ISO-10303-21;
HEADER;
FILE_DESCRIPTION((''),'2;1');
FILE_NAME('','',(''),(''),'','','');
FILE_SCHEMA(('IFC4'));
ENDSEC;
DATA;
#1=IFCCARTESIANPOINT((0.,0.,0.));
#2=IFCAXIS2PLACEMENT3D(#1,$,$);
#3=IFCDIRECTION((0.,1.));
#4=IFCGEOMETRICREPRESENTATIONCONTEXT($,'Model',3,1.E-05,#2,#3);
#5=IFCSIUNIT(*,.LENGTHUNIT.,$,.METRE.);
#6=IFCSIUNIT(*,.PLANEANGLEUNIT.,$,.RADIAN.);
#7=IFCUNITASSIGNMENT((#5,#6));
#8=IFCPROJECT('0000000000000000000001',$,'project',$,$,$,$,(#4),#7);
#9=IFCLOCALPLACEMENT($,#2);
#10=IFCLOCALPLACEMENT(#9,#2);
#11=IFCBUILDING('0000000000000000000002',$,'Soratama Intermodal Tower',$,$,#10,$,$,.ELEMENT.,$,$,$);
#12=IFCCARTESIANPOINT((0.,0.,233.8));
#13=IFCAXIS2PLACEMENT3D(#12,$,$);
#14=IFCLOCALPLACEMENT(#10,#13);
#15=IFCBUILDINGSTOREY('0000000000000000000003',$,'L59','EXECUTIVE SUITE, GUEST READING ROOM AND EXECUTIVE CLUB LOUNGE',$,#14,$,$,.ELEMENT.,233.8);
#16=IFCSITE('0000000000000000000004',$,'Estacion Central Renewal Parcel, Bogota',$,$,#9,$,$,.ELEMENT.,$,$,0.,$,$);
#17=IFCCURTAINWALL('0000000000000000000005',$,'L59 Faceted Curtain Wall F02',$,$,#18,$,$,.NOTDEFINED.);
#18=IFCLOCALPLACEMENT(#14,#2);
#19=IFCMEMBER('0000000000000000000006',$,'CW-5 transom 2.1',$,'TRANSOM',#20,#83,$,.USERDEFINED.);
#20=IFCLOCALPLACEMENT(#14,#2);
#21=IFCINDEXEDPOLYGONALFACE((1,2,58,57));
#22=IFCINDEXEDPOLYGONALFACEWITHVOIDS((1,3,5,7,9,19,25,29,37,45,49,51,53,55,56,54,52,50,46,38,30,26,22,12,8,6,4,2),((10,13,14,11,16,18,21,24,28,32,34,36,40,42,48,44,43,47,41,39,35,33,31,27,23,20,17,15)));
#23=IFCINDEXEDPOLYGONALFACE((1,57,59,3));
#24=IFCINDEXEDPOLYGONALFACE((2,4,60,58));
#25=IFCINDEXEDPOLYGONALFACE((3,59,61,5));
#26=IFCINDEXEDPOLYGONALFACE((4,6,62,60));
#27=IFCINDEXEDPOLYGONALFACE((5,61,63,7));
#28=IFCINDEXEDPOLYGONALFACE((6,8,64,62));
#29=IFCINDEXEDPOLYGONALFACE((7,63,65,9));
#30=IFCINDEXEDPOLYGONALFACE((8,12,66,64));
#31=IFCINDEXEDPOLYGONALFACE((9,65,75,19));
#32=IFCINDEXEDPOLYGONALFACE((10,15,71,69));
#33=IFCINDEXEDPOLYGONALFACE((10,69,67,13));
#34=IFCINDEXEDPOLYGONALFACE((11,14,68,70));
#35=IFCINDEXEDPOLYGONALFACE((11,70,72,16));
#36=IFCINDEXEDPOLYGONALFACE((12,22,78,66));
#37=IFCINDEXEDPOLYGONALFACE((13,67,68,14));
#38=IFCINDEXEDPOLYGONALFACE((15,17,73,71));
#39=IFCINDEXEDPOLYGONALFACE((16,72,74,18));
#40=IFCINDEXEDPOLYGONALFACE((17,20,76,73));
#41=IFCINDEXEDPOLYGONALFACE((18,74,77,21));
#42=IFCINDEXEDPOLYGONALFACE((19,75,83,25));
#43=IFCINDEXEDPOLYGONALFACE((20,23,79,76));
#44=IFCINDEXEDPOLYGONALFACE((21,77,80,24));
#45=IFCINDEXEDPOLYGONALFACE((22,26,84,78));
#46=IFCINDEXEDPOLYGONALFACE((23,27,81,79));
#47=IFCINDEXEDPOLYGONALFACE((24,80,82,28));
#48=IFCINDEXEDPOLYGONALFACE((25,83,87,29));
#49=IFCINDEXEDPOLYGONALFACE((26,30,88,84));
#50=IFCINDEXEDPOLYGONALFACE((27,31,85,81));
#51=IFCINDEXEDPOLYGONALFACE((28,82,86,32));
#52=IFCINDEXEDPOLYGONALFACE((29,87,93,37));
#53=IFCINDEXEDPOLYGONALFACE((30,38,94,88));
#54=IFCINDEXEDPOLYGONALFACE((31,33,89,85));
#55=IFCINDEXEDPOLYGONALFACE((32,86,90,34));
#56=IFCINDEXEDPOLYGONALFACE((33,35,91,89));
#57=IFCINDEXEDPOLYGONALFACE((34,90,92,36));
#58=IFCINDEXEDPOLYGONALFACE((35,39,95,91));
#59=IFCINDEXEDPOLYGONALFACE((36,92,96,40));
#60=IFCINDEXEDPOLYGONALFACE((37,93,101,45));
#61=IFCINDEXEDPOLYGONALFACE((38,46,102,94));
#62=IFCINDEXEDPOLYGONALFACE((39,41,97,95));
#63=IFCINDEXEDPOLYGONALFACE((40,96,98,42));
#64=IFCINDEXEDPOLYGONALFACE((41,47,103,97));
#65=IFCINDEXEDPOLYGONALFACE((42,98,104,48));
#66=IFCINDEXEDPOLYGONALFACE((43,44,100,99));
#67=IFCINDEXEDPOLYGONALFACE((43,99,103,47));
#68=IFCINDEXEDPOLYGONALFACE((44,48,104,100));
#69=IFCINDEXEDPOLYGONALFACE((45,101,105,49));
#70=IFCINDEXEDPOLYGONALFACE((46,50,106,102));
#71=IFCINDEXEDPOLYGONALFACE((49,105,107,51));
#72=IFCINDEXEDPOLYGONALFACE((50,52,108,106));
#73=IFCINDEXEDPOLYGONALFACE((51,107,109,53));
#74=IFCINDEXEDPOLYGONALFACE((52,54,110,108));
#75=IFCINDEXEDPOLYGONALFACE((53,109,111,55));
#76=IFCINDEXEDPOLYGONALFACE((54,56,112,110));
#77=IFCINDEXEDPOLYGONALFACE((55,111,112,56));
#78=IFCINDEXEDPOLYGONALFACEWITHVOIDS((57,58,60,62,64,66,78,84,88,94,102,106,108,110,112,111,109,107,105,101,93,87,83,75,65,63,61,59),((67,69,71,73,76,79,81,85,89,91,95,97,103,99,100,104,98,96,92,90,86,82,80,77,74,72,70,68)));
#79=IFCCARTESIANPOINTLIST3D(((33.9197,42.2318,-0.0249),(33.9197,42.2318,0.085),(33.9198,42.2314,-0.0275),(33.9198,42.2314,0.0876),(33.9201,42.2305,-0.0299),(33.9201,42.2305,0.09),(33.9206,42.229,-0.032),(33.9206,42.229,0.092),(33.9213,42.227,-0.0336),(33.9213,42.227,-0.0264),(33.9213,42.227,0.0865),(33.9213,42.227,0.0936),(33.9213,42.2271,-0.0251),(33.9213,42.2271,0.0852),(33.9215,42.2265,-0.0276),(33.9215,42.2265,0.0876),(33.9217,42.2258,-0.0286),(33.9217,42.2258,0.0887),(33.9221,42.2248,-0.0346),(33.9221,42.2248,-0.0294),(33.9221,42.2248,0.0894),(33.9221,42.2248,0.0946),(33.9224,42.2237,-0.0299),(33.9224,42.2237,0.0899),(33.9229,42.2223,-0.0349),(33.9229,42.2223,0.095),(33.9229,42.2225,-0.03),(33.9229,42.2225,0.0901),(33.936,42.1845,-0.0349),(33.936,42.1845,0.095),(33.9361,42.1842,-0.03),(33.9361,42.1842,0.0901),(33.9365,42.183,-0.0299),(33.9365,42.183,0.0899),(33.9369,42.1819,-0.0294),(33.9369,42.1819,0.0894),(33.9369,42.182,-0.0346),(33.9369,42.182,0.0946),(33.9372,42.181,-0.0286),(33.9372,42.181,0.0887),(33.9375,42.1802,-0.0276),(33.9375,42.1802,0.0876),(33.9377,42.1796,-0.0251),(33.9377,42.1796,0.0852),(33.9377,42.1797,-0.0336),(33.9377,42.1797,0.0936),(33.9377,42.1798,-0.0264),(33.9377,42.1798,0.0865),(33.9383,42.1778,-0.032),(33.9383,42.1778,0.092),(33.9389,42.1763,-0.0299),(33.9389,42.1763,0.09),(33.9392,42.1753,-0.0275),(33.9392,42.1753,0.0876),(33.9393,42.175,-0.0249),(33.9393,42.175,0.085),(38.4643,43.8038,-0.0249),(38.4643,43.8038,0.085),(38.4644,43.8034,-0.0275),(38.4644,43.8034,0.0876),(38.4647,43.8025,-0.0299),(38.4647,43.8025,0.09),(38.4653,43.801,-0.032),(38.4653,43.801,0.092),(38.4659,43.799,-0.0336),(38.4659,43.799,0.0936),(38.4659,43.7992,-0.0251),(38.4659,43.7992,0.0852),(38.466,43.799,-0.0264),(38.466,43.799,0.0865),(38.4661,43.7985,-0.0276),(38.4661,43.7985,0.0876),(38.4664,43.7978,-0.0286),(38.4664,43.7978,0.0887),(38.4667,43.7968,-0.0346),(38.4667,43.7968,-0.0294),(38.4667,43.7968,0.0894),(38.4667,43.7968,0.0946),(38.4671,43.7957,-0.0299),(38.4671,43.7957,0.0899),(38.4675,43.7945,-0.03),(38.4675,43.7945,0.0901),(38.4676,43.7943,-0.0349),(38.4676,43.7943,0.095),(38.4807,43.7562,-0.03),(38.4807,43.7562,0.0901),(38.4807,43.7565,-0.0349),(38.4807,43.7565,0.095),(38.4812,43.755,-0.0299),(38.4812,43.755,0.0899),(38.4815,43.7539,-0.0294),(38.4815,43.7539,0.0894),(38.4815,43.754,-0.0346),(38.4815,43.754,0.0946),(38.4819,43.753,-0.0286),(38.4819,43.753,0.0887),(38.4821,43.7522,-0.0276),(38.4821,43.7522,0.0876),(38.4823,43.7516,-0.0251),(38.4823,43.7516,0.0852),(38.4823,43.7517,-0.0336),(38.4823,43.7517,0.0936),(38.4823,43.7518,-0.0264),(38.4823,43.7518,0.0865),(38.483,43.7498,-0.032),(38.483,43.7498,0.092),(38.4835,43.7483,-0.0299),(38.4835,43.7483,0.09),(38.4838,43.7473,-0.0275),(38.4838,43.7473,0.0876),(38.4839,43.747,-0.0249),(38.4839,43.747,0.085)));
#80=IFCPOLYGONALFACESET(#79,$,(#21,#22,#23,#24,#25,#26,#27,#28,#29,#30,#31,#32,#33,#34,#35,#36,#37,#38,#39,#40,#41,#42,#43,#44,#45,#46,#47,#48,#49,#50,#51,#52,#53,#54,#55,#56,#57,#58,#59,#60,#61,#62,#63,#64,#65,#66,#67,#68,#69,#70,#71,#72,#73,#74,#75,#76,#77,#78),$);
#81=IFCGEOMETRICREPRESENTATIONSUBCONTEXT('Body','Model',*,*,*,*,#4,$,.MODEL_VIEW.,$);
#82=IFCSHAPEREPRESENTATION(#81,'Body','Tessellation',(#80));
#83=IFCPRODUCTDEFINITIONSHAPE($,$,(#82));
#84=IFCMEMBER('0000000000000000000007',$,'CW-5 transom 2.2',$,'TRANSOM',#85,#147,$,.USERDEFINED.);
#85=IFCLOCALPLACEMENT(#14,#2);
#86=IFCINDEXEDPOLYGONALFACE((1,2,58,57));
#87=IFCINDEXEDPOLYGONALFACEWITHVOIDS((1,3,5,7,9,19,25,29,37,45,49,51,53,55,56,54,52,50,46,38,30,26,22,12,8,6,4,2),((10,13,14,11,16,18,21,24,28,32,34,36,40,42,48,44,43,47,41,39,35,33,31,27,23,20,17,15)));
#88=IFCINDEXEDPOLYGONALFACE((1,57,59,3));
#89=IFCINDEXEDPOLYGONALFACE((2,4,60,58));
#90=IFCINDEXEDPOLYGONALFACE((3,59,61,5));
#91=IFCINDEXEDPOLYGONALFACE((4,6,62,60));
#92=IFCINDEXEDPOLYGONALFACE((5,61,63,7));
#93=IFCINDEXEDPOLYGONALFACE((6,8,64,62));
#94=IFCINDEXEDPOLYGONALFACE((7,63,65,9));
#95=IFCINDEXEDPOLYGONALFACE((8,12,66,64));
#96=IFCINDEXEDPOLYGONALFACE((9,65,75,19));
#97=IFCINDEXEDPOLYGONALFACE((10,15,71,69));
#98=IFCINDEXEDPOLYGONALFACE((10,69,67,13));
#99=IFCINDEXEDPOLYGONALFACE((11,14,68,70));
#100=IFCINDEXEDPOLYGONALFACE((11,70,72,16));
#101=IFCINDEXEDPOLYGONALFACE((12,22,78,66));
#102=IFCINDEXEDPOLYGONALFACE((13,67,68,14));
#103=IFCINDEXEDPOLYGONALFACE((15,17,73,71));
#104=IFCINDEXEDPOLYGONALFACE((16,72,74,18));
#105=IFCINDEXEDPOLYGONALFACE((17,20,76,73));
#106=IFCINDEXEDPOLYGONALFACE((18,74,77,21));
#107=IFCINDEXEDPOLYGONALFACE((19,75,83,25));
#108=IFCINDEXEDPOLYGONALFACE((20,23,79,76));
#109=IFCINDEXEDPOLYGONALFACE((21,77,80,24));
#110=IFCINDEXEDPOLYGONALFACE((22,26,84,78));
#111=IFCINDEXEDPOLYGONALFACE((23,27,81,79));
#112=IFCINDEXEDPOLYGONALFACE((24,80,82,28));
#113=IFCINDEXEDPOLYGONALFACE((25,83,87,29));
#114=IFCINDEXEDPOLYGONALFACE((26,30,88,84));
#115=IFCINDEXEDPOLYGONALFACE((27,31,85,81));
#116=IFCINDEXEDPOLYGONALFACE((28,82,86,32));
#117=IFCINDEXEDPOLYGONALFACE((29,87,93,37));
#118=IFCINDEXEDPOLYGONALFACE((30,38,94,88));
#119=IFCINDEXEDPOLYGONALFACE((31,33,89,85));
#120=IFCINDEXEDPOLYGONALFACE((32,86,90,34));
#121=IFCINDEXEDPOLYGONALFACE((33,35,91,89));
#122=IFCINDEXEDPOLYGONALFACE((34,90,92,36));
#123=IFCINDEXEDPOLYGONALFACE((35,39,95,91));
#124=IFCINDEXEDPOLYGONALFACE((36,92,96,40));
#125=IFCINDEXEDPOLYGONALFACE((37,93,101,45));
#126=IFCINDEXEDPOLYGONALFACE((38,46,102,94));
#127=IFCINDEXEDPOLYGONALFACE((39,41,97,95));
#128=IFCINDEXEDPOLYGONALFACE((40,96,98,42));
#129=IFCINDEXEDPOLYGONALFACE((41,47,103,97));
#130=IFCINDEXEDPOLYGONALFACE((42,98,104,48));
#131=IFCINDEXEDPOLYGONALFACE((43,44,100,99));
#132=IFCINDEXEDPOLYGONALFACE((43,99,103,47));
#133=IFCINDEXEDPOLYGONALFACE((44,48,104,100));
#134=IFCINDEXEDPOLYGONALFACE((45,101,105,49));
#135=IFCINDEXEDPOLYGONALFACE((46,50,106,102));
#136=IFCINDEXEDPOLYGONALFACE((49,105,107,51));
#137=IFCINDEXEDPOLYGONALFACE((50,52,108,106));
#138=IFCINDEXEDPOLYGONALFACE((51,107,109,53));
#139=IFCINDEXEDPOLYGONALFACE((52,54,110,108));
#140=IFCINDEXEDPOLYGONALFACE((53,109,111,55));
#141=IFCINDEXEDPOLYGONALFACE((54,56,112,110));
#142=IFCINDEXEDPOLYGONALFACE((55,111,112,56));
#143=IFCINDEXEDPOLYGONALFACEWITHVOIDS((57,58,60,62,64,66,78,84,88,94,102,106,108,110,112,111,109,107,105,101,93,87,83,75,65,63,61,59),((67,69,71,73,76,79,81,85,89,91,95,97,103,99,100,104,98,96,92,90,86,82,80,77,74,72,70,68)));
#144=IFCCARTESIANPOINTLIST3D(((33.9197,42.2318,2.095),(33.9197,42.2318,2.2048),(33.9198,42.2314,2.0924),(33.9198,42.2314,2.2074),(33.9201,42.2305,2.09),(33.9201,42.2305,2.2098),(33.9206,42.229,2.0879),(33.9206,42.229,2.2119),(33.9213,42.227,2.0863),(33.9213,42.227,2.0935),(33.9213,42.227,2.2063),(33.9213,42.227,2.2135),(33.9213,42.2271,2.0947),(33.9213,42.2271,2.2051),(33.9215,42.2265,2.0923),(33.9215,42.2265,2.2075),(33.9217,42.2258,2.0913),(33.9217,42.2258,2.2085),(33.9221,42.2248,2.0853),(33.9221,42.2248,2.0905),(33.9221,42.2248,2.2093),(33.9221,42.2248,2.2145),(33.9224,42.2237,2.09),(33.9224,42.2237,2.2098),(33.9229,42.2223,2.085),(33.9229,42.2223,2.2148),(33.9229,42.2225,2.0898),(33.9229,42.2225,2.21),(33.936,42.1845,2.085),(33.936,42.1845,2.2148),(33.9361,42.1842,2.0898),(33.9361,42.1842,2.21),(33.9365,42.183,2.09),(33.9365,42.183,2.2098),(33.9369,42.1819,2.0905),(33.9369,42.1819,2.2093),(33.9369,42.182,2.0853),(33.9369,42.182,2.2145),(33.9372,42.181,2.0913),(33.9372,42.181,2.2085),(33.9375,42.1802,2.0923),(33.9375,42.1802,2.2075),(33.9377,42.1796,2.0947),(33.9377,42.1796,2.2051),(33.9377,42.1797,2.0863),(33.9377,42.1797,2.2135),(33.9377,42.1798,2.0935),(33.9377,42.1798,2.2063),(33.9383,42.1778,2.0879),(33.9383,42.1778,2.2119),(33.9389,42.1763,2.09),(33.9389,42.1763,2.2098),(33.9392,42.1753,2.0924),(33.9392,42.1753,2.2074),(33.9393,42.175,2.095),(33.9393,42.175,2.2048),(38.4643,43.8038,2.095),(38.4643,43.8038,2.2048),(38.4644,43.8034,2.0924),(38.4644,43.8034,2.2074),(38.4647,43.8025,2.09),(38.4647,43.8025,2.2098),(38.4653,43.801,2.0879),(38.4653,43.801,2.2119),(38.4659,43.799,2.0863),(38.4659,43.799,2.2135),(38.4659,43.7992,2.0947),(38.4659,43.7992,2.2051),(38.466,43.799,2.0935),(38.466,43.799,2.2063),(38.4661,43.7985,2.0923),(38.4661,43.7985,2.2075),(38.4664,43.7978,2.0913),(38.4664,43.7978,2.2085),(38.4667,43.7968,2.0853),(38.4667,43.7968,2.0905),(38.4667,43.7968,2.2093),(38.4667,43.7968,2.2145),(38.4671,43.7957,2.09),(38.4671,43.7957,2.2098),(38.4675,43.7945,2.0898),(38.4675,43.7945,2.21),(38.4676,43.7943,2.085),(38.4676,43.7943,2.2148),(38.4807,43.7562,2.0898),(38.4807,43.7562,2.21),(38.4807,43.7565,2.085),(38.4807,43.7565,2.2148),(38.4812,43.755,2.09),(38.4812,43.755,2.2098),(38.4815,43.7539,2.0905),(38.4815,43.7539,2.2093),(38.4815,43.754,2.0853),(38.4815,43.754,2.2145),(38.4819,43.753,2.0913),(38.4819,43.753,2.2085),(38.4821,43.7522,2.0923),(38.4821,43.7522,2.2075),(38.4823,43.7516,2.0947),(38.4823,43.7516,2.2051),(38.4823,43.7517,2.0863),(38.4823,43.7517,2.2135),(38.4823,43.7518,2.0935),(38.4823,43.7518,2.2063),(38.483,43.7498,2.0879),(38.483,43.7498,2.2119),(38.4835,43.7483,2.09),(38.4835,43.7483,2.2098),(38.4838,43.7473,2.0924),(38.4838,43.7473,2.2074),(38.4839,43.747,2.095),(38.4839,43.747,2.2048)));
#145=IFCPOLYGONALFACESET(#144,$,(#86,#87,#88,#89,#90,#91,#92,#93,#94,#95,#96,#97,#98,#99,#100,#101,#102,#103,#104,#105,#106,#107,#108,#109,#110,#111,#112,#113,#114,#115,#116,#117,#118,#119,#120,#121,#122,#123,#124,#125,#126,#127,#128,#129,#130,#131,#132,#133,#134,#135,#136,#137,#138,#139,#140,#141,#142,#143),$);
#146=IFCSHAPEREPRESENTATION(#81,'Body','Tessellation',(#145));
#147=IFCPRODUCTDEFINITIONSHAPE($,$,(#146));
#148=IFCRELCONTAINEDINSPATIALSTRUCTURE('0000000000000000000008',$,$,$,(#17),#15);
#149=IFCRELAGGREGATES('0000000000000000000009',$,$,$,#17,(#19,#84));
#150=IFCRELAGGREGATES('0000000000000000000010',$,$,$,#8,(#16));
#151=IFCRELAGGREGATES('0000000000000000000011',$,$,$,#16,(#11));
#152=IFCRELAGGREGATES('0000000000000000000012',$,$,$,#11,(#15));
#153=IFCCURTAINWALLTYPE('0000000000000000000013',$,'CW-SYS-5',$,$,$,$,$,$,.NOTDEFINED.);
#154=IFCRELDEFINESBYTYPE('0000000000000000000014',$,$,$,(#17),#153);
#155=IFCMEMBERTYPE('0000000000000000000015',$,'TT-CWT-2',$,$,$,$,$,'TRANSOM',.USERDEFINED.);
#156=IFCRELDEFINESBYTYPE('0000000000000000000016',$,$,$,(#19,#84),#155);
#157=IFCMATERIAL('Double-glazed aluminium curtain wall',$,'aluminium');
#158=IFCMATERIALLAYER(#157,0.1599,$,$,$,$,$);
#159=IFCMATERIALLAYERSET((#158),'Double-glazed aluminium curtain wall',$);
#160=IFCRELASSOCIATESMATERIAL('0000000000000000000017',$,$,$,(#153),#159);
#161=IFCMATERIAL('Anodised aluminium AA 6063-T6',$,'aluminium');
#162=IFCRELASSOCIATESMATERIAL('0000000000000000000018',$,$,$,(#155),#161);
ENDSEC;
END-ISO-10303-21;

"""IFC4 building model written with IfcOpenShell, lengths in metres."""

from ifc_helpers import new_model, si_unit, direction, frame, origin, origin_2d, place, context, subcontext, project, spatial, hollow_rectangle, extrude, material, layer, layer_set, material_profile, profile_set, type_object, element, aggregate, save


model = new_model("IFC4")

# Units and contexts
model_context = context("Model", 3, precision=1e-05, world=origin(), true_north=direction((0.0, 1.0)))
body_context = subcontext(model_context, "Body", "Model", "MODEL_VIEW")
ifc_project = project(units=[si_unit("LENGTHUNIT", "METRE"), si_unit("PLANEANGLEUNIT", "RADIAN")], contexts=[model_context])

# Site, building, storey
site_placement = place(None, origin())
site = spatial("IfcSite", under=ifc_project, at=site_placement, Name="Estacion Central Renewal Parcel, Bogota", CompositionType="ELEMENT", RefElevation=0.0)
building_placement = place(site_placement, origin())
building = spatial("IfcBuilding", under=site, at=building_placement, Name="Soratama Intermodal Tower", CompositionType="ELEMENT")
storey_placement = place(building_placement, frame((0.0, 0.0, 233.8)))
storey = spatial("IfcBuildingStorey", under=building, at=storey_placement, Name="L59", Description="EXECUTIVE SUITE, GUEST READING ROOM AND EXECUTIVE CLUB LOUNGE", CompositionType="ELEMENT", Elevation=233.8)

# Curtain wall, members
ifc_material_1 = material(Name="Double-glazed aluminium curtain wall", Category="aluminium")
ifc_layer_1 = layer(ifc_material_1, 0.1599)
ifc_layer_set_1 = layer_set([ifc_layer_1], Name="Double-glazed aluminium curtain wall")
curtain_wall_type = type_object("IfcCurtainWallType", Name="CW-SYS-5", PredefinedType="NOTDEFINED", material=ifc_layer_set_1)
curtain_wall_placement = place(storey_placement, origin())
curtain_wall = element("IfcCurtainWall", 1, at=curtain_wall_placement, inside=storey, type_object=curtain_wall_type, Name="L59 Faceted Curtain Wall F02", PredefinedType="NOTDEFINED")
ifc_material_2 = material(Name="Anodised aluminium AA 6063-T6", Category="aluminium")
ifc_material_profile_1 = material_profile(ifc_material_2, hollow_rectangle(XDim=0.0601, YDim=0.1299, WallThickness=0.0049, InnerFilletRadius=0.0049, OuterFilletRadius=0.01, at=origin_2d()), Name="CWT130X60X5")
ifc_profile_set_1 = profile_set([ifc_material_profile_1], Name="Anodised aluminium AA 6063-T6")
member_type_1 = type_object("IfcMemberType", Name="TT-CWT-2", ElementType="TRANSOM", PredefinedType="USERDEFINED", material=ifc_profile_set_1)
member_1_placement = place(storey_placement, frame((38.4741, 43.7754, 0.03), z_axis=(-0.945059, -0.3269, 0.0), x_axis=(0.3269, -0.945059, 0.0)))
member_1 = element("IfcMember", 2, at=member_1_placement, type_object=member_type_1, Name="CW-5 transom 2.1", ObjectType="TRANSOM", PredefinedType="USERDEFINED", context=body_context, shape_type="SweptSolid", body=[
    extrude(hollow_rectangle(XDim=0.0601, YDim=0.1299, WallThickness=0.0049, InnerFilletRadius=0.0049, OuterFilletRadius=0.01, at=origin_2d()), origin(), (0.0, 0.0, 1.0), 4.8088),
])
member_2_placement = place(storey_placement, frame((38.4741, 43.7754, 2.1499), z_axis=(-0.945059, -0.3269, 0.0), x_axis=(0.3269, -0.945059, 0.0)))
member_2 = element("IfcMember", 3, at=member_2_placement, type_object=member_type_1, Name="CW-5 transom 2.2", ObjectType="TRANSOM", PredefinedType="USERDEFINED", context=body_context, shape_type="SweptSolid", body=[
    extrude(hollow_rectangle(XDim=0.0601, YDim=0.1299, WallThickness=0.0049, InnerFilletRadius=0.0049, OuterFilletRadius=0.01, at=origin_2d()), origin(), (0.0, 0.0, 1.0), 4.8088),
])
aggregate(curtain_wall, [member_1, member_2])

save(model, "model.ifc")
